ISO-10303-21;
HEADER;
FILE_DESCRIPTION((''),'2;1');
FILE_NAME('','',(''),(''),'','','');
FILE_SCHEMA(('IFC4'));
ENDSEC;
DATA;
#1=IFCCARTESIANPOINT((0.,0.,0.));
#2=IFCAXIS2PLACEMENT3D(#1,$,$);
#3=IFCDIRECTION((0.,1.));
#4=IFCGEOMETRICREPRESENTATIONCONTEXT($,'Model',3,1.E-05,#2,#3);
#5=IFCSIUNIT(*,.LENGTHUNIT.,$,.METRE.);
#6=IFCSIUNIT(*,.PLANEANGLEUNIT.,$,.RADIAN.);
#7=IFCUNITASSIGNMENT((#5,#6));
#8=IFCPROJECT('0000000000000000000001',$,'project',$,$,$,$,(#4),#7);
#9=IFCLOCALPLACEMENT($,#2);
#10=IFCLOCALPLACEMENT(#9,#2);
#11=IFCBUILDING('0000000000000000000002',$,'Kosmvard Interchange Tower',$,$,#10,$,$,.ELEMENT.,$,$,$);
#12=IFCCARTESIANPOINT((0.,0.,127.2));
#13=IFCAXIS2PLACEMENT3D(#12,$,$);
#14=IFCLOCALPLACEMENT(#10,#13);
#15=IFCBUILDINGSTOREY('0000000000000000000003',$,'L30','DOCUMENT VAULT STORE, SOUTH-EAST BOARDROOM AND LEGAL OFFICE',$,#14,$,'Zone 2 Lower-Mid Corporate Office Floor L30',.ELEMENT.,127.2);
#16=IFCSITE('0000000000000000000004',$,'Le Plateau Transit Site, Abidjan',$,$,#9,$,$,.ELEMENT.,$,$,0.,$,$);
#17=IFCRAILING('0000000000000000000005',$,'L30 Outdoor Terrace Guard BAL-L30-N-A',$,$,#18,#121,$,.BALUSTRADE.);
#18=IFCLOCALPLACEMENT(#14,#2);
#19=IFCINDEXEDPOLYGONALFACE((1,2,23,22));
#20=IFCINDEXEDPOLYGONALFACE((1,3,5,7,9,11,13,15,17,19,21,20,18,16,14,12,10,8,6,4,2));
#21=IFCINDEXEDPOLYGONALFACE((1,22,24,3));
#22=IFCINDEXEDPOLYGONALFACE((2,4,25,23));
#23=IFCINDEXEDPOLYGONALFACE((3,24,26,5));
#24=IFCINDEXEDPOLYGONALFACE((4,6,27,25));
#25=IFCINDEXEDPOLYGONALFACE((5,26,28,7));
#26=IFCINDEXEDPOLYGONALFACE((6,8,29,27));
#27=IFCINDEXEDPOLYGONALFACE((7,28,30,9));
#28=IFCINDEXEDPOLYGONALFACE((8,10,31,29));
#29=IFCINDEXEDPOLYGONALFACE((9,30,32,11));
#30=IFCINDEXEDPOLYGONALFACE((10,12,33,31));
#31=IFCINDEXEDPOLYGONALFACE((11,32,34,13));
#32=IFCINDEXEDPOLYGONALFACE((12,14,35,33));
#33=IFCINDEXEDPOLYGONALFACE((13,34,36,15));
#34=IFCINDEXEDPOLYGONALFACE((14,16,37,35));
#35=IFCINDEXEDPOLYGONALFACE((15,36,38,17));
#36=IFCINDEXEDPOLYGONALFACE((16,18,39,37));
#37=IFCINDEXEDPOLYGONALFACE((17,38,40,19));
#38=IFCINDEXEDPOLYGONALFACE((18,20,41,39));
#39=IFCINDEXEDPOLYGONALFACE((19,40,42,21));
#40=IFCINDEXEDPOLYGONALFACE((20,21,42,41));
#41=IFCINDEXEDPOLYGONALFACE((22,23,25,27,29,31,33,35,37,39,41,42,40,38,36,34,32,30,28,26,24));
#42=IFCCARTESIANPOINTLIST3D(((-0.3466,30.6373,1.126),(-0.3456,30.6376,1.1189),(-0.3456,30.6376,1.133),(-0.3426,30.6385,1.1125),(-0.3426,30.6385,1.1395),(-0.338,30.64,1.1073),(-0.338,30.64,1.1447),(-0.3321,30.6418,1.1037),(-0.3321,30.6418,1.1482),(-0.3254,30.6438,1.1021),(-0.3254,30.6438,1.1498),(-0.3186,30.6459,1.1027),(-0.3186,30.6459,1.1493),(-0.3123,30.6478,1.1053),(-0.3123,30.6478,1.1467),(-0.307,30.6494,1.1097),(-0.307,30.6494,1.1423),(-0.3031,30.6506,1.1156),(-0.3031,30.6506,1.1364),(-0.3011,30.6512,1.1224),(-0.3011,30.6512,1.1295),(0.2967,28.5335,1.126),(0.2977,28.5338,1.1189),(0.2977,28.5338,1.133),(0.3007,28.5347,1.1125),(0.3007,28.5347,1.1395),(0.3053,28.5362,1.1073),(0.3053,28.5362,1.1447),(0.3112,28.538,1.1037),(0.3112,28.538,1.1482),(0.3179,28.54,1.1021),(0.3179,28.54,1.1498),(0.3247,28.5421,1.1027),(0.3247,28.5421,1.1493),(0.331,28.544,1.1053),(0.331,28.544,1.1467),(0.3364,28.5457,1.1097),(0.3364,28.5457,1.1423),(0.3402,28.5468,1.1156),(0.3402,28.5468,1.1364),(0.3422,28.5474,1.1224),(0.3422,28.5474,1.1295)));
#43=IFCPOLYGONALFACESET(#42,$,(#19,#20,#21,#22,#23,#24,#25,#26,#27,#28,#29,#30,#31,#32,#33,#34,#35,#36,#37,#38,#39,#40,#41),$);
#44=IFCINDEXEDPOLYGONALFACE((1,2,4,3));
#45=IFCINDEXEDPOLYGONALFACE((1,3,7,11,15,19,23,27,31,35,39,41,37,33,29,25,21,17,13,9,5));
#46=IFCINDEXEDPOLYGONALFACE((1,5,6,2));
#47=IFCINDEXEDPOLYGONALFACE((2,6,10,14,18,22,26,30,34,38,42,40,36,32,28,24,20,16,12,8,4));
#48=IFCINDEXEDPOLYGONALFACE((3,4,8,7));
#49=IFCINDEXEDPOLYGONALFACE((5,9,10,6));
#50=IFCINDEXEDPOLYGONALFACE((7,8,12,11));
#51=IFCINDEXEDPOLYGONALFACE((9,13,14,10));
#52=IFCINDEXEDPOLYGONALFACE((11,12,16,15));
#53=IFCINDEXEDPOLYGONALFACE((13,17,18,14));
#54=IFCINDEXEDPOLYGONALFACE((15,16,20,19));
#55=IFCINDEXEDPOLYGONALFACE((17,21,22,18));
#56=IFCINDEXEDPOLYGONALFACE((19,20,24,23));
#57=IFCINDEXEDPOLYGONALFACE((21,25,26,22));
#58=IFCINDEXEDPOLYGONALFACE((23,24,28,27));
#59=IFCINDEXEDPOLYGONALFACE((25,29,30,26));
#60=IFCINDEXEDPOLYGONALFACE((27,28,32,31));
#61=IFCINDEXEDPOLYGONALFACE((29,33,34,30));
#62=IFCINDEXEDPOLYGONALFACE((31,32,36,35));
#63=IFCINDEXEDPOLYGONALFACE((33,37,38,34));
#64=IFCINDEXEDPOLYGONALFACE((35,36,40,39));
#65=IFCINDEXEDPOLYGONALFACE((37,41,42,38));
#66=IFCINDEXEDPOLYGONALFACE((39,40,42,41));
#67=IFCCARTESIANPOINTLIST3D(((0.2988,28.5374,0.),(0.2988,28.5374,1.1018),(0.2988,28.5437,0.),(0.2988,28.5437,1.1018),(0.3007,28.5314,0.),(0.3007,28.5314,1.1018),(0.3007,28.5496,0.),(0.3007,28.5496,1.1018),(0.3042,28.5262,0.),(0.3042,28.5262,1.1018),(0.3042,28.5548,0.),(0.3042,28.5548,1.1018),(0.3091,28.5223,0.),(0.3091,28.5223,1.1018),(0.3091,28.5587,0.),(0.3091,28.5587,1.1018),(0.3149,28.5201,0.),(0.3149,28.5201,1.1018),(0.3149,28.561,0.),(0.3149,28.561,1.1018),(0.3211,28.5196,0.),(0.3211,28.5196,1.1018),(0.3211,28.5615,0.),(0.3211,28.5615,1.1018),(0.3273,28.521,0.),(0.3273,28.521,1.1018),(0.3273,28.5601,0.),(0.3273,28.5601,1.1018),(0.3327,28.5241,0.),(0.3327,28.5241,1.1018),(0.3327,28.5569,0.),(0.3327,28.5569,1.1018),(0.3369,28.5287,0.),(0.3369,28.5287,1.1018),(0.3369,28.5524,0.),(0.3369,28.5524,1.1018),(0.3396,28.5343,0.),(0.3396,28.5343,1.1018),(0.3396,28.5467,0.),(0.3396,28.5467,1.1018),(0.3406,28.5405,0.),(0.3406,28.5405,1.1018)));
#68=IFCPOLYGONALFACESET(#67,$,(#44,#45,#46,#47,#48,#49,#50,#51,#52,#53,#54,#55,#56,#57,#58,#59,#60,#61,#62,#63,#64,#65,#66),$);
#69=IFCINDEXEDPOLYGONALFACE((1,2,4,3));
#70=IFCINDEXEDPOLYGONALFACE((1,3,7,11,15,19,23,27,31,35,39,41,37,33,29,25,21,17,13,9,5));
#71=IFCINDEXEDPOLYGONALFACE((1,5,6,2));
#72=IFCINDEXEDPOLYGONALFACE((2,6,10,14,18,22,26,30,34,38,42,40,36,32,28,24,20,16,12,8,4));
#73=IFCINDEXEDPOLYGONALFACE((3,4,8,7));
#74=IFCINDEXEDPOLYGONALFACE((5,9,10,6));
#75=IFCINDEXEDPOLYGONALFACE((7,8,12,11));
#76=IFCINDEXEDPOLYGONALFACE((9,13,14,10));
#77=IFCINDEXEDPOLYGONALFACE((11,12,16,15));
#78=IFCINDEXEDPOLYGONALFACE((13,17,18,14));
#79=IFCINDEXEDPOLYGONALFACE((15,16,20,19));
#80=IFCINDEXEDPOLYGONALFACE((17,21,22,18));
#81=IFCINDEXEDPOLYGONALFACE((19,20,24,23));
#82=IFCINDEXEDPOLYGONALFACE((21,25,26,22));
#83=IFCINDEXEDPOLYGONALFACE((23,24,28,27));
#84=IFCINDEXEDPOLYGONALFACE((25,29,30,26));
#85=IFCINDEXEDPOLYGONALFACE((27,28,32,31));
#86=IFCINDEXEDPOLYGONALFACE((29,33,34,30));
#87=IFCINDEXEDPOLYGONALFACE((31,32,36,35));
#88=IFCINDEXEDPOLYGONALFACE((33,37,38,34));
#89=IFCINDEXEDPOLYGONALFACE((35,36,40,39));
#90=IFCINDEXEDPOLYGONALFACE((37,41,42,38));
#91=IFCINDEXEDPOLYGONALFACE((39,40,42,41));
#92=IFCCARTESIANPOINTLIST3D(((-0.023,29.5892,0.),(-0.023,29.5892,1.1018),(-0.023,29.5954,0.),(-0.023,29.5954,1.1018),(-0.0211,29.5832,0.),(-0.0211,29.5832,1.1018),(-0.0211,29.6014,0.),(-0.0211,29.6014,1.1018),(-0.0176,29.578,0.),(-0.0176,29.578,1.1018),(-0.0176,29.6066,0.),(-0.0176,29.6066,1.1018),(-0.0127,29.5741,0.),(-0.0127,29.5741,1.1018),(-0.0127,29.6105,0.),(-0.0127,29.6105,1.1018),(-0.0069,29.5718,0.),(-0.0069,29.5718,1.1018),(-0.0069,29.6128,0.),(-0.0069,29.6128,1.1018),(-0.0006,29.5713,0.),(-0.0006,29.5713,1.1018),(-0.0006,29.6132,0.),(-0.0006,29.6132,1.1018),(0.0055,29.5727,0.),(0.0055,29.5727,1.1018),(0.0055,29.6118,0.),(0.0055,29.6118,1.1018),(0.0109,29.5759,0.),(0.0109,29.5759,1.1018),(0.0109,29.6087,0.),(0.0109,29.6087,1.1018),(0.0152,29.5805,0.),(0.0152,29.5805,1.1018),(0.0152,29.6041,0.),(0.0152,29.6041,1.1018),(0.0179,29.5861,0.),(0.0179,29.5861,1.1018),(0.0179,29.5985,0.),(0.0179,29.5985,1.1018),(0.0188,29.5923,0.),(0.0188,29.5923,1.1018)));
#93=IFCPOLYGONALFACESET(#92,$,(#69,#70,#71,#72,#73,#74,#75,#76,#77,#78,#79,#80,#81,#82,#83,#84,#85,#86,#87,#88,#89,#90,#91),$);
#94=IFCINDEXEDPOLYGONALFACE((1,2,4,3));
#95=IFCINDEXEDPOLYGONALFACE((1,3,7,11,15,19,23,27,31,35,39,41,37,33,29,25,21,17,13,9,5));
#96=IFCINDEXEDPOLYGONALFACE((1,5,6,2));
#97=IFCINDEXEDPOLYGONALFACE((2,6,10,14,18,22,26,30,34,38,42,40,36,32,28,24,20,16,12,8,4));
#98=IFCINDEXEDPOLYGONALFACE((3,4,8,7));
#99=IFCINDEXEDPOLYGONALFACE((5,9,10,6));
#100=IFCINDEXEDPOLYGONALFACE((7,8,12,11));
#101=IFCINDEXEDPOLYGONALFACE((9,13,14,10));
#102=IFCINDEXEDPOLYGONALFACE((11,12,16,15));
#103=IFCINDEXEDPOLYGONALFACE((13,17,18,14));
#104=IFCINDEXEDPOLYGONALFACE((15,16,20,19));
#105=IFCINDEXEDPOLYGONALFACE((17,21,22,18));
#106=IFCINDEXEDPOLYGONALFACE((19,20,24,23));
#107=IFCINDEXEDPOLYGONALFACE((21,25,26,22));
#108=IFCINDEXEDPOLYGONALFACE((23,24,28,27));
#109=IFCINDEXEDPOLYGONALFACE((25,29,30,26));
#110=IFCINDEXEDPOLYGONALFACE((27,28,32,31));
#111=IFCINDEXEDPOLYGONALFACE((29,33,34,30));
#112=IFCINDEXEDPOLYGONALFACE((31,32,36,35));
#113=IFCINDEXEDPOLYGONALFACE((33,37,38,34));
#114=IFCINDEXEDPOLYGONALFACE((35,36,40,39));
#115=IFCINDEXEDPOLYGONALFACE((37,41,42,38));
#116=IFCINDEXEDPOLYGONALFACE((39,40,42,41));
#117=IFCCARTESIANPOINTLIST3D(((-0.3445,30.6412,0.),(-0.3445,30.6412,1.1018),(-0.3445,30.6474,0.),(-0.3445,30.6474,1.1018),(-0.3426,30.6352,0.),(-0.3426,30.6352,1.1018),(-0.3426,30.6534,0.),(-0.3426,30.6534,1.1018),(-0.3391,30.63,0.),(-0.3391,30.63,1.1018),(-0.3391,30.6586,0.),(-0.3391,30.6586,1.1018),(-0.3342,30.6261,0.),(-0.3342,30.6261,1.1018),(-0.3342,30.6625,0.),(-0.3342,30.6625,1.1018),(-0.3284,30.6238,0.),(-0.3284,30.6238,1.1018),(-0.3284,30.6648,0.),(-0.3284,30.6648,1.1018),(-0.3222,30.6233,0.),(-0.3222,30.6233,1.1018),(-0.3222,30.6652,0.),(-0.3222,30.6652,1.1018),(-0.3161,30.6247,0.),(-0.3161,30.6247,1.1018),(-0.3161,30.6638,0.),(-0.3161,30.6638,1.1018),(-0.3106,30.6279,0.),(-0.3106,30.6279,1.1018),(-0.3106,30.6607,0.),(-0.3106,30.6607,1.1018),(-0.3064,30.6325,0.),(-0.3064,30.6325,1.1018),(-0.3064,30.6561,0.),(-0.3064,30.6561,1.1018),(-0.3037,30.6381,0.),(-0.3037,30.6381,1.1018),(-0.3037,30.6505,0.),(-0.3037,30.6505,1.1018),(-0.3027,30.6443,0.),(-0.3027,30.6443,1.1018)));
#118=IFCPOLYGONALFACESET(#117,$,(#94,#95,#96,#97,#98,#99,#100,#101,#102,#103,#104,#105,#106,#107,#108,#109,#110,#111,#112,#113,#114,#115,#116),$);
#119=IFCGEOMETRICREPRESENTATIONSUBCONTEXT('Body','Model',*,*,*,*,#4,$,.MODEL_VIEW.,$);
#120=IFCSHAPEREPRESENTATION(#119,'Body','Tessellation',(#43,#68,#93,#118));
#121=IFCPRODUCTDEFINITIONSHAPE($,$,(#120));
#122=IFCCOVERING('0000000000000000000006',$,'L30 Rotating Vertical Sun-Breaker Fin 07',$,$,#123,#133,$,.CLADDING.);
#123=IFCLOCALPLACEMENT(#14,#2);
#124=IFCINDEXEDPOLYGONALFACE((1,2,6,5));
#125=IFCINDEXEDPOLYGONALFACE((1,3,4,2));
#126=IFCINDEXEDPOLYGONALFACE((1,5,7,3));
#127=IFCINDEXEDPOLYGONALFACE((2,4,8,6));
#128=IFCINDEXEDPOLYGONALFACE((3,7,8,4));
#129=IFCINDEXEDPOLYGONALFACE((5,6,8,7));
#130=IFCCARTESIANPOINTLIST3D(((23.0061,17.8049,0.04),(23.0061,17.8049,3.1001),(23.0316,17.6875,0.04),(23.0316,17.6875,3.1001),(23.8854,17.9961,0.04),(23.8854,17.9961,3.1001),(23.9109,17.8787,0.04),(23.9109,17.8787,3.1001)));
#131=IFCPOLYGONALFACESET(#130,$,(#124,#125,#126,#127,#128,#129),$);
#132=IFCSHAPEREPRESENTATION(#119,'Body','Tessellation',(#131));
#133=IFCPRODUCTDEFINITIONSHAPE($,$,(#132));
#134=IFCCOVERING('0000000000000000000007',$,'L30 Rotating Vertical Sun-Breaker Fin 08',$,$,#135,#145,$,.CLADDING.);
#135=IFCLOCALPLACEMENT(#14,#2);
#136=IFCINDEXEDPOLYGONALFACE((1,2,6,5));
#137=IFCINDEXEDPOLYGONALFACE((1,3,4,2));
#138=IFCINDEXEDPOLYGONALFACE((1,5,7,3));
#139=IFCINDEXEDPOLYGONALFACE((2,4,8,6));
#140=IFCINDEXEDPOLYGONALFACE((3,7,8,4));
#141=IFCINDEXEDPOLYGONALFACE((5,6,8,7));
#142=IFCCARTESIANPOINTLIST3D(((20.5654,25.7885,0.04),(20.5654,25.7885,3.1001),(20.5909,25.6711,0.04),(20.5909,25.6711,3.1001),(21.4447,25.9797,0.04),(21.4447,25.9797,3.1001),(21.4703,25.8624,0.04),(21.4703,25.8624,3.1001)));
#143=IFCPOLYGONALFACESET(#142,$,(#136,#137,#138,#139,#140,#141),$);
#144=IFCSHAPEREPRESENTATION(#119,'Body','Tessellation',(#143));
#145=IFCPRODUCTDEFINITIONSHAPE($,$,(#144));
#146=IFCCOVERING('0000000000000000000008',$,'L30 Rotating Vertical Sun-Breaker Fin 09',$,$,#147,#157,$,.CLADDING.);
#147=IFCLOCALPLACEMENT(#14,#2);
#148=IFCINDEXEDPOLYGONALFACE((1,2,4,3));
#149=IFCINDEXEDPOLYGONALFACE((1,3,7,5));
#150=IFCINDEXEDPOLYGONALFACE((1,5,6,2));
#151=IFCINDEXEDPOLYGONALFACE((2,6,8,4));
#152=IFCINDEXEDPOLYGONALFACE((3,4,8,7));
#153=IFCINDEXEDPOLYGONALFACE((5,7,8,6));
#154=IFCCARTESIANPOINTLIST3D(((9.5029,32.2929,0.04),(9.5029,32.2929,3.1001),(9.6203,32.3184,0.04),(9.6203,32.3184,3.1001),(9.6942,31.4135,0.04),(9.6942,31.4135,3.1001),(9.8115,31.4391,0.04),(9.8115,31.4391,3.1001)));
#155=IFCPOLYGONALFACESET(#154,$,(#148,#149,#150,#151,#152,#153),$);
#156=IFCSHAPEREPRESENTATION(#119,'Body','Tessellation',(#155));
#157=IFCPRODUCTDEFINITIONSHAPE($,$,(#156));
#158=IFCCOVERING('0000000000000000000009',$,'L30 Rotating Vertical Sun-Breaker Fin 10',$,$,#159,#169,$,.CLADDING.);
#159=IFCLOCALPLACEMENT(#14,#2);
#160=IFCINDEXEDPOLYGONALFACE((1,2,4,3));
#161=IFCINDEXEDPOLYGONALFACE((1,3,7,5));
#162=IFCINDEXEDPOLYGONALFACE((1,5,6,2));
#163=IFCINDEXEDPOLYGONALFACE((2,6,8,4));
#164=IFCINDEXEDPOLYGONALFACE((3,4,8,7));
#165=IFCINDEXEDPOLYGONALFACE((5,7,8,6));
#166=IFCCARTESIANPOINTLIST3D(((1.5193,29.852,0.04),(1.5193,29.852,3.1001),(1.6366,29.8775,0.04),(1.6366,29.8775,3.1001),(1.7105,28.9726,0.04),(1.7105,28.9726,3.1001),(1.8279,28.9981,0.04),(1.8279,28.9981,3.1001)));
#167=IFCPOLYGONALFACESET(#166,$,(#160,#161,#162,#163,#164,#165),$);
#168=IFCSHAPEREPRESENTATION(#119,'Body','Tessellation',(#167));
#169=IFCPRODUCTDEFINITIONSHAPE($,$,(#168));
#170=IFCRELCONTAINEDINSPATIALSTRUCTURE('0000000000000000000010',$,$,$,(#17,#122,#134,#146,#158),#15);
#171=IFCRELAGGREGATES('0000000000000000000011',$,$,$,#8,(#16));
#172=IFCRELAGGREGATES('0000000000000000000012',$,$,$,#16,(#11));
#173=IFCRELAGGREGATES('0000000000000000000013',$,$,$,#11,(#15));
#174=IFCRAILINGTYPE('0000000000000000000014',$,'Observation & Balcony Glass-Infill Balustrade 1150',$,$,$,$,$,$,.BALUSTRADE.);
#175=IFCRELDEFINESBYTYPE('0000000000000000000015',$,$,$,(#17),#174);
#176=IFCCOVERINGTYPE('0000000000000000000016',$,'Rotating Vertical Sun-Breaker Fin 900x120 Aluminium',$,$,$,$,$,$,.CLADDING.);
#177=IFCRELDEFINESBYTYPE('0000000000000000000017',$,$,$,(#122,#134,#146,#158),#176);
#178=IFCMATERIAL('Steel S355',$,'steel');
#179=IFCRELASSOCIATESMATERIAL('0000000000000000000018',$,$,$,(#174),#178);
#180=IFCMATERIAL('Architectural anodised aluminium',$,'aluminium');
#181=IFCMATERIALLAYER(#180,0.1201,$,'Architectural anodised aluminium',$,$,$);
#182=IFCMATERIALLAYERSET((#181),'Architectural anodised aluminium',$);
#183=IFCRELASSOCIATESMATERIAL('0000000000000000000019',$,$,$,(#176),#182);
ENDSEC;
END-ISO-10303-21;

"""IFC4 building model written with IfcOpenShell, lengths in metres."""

from ifc_helpers import new_model, si_unit, direction, frame, origin, origin_2d, place, context, subcontext, project, spatial, rectangle, circle, extrude, source, transform, mapped, material, layer, layer_set, type_object, element, save


model = new_model("IFC4")

# Units and contexts
model_context = context("Model", 3, precision=1e-05, world=origin(), true_north=direction((0.0, 1.0)))
body_context = subcontext(model_context, "Body", "Model", "MODEL_VIEW")
ifc_project = project(units=[si_unit("LENGTHUNIT", "METRE"), si_unit("PLANEANGLEUNIT", "RADIAN")], contexts=[model_context])

# Site, building, storey
site_placement = place(None, origin())
site = spatial("IfcSite", under=ifc_project, at=site_placement, Name="Le Plateau Transit Site, Abidjan", CompositionType="ELEMENT", RefElevation=0.0)
building_placement = place(site_placement, origin())
building = spatial("IfcBuilding", under=site, at=building_placement, Name="Kosmvard Interchange Tower", CompositionType="ELEMENT")
storey_placement = place(building_placement, frame((0.0, 0.0, 127.2)))
storey = spatial("IfcBuildingStorey", under=building, at=storey_placement, Name="L30", Description="DOCUMENT VAULT STORE, SOUTH-EAST BOARDROOM AND LEGAL OFFICE", LongName="Zone 2 Lower-Mid Corporate Office Floor L30", CompositionType="ELEMENT", Elevation=127.2)

# Shared definitions
ifc_material_1 = material(Name="Steel S355", Category="steel")

# Railing
railing_type = type_object("IfcRailingType", Name="Observation & Balcony Glass-Infill Balustrade 1150", PredefinedType="BALUSTRADE", material=ifc_material_1)
shared_shape_1 = source(origin(), body_context, "Body", "SweptSolid", [
    extrude(circle(Radius=0.0239, at=origin_2d()), frame((0.0, 0.0, 1.126), z_axis=(-0.292424, 0.956289, 0.0), x_axis=(-0.956289, -0.292424, 0.0)), (0.0, 0.0, 1.0), 2.2),
    extrude(circle(Radius=0.021, at=origin_2d()), origin(), (0.0, 0.0, 1.0), 1.1018),
    extrude(circle(Radius=0.021, at=origin_2d()), frame((-0.3218, 1.0518, 0.0)), (0.0, 0.0, 1.0), 1.1018),
    extrude(circle(Radius=0.021, at=origin_2d()), frame((-0.6433, 2.1038, 0.0)), (0.0, 0.0, 1.0), 1.1018),
])
railing_1_placement = place(storey_placement, frame((0.3196, 28.5405, 0.0)))
element("IfcRailing", 1, at=railing_1_placement, inside=storey, type_object=railing_type, Name="L30 Outdoor Terrace Guard BAL-L30-N-A", PredefinedType="BALUSTRADE", context=body_context, shape_type="MappedRepresentation", body=[
    mapped(shared_shape_1, transform((0.0, 0.0, 0.0), scale=1.0)),
])

# Coverings
ifc_material_2 = material(Name="Architectural anodised aluminium", Category="aluminium")
ifc_layer_1 = layer(ifc_material_2, 0.1201, Name="Architectural anodised aluminium")
ifc_layer_set_1 = layer_set([ifc_layer_1], Name="Architectural anodised aluminium")
covering_type = type_object("IfcCoveringType", Name="Rotating Vertical Sun-Breaker Fin 900x120 Aluminium", PredefinedType="CLADDING", material=ifc_layer_set_1)
shared_shape_2 = source(origin(), body_context, "Body", "SweptSolid", [
    extrude(rectangle(XDim=0.8999, YDim=0.1201, at=origin_2d()), origin(), (0.0, 0.0, 1.0), 3.0601),
])
for number, where, z_axis, x_axis, name in (
    (2, (23.4585, 17.8418, 0.04), (0.0, 0.0, 1.0), (0.977157, 0.212519, 0.0), "L30 Rotating Vertical Sun-Breaker Fin 07"),
    (3, (21.0178, 25.8254, 0.04), (0.0, 0.0, 1.0), (0.977157, 0.212519, 0.0), "L30 Rotating Vertical Sun-Breaker Fin 08"),
    (4, (9.6572, 31.866, 0.04), (0.0, 0.0, 1.0), (-0.212519, 0.977157, 0.0), "L30 Rotating Vertical Sun-Breaker Fin 09"),
    (5, (1.6736, 29.425, 0.04), (0.0, 0.0, 1.0), (-0.212519, 0.977157, 0.0), "L30 Rotating Vertical Sun-Breaker Fin 10"),
):
    element("IfcCovering", number, at=place(storey_placement, frame(where, z_axis=z_axis, x_axis=x_axis)), inside=storey, type_object=covering_type, Name=name, PredefinedType="CLADDING", context=body_context, shape_type="MappedRepresentation", body=[
        mapped(shared_shape_2, transform((0.0, 0.0, 0.0), scale=1.0)),
    ])

save(model, "model.ifc")
